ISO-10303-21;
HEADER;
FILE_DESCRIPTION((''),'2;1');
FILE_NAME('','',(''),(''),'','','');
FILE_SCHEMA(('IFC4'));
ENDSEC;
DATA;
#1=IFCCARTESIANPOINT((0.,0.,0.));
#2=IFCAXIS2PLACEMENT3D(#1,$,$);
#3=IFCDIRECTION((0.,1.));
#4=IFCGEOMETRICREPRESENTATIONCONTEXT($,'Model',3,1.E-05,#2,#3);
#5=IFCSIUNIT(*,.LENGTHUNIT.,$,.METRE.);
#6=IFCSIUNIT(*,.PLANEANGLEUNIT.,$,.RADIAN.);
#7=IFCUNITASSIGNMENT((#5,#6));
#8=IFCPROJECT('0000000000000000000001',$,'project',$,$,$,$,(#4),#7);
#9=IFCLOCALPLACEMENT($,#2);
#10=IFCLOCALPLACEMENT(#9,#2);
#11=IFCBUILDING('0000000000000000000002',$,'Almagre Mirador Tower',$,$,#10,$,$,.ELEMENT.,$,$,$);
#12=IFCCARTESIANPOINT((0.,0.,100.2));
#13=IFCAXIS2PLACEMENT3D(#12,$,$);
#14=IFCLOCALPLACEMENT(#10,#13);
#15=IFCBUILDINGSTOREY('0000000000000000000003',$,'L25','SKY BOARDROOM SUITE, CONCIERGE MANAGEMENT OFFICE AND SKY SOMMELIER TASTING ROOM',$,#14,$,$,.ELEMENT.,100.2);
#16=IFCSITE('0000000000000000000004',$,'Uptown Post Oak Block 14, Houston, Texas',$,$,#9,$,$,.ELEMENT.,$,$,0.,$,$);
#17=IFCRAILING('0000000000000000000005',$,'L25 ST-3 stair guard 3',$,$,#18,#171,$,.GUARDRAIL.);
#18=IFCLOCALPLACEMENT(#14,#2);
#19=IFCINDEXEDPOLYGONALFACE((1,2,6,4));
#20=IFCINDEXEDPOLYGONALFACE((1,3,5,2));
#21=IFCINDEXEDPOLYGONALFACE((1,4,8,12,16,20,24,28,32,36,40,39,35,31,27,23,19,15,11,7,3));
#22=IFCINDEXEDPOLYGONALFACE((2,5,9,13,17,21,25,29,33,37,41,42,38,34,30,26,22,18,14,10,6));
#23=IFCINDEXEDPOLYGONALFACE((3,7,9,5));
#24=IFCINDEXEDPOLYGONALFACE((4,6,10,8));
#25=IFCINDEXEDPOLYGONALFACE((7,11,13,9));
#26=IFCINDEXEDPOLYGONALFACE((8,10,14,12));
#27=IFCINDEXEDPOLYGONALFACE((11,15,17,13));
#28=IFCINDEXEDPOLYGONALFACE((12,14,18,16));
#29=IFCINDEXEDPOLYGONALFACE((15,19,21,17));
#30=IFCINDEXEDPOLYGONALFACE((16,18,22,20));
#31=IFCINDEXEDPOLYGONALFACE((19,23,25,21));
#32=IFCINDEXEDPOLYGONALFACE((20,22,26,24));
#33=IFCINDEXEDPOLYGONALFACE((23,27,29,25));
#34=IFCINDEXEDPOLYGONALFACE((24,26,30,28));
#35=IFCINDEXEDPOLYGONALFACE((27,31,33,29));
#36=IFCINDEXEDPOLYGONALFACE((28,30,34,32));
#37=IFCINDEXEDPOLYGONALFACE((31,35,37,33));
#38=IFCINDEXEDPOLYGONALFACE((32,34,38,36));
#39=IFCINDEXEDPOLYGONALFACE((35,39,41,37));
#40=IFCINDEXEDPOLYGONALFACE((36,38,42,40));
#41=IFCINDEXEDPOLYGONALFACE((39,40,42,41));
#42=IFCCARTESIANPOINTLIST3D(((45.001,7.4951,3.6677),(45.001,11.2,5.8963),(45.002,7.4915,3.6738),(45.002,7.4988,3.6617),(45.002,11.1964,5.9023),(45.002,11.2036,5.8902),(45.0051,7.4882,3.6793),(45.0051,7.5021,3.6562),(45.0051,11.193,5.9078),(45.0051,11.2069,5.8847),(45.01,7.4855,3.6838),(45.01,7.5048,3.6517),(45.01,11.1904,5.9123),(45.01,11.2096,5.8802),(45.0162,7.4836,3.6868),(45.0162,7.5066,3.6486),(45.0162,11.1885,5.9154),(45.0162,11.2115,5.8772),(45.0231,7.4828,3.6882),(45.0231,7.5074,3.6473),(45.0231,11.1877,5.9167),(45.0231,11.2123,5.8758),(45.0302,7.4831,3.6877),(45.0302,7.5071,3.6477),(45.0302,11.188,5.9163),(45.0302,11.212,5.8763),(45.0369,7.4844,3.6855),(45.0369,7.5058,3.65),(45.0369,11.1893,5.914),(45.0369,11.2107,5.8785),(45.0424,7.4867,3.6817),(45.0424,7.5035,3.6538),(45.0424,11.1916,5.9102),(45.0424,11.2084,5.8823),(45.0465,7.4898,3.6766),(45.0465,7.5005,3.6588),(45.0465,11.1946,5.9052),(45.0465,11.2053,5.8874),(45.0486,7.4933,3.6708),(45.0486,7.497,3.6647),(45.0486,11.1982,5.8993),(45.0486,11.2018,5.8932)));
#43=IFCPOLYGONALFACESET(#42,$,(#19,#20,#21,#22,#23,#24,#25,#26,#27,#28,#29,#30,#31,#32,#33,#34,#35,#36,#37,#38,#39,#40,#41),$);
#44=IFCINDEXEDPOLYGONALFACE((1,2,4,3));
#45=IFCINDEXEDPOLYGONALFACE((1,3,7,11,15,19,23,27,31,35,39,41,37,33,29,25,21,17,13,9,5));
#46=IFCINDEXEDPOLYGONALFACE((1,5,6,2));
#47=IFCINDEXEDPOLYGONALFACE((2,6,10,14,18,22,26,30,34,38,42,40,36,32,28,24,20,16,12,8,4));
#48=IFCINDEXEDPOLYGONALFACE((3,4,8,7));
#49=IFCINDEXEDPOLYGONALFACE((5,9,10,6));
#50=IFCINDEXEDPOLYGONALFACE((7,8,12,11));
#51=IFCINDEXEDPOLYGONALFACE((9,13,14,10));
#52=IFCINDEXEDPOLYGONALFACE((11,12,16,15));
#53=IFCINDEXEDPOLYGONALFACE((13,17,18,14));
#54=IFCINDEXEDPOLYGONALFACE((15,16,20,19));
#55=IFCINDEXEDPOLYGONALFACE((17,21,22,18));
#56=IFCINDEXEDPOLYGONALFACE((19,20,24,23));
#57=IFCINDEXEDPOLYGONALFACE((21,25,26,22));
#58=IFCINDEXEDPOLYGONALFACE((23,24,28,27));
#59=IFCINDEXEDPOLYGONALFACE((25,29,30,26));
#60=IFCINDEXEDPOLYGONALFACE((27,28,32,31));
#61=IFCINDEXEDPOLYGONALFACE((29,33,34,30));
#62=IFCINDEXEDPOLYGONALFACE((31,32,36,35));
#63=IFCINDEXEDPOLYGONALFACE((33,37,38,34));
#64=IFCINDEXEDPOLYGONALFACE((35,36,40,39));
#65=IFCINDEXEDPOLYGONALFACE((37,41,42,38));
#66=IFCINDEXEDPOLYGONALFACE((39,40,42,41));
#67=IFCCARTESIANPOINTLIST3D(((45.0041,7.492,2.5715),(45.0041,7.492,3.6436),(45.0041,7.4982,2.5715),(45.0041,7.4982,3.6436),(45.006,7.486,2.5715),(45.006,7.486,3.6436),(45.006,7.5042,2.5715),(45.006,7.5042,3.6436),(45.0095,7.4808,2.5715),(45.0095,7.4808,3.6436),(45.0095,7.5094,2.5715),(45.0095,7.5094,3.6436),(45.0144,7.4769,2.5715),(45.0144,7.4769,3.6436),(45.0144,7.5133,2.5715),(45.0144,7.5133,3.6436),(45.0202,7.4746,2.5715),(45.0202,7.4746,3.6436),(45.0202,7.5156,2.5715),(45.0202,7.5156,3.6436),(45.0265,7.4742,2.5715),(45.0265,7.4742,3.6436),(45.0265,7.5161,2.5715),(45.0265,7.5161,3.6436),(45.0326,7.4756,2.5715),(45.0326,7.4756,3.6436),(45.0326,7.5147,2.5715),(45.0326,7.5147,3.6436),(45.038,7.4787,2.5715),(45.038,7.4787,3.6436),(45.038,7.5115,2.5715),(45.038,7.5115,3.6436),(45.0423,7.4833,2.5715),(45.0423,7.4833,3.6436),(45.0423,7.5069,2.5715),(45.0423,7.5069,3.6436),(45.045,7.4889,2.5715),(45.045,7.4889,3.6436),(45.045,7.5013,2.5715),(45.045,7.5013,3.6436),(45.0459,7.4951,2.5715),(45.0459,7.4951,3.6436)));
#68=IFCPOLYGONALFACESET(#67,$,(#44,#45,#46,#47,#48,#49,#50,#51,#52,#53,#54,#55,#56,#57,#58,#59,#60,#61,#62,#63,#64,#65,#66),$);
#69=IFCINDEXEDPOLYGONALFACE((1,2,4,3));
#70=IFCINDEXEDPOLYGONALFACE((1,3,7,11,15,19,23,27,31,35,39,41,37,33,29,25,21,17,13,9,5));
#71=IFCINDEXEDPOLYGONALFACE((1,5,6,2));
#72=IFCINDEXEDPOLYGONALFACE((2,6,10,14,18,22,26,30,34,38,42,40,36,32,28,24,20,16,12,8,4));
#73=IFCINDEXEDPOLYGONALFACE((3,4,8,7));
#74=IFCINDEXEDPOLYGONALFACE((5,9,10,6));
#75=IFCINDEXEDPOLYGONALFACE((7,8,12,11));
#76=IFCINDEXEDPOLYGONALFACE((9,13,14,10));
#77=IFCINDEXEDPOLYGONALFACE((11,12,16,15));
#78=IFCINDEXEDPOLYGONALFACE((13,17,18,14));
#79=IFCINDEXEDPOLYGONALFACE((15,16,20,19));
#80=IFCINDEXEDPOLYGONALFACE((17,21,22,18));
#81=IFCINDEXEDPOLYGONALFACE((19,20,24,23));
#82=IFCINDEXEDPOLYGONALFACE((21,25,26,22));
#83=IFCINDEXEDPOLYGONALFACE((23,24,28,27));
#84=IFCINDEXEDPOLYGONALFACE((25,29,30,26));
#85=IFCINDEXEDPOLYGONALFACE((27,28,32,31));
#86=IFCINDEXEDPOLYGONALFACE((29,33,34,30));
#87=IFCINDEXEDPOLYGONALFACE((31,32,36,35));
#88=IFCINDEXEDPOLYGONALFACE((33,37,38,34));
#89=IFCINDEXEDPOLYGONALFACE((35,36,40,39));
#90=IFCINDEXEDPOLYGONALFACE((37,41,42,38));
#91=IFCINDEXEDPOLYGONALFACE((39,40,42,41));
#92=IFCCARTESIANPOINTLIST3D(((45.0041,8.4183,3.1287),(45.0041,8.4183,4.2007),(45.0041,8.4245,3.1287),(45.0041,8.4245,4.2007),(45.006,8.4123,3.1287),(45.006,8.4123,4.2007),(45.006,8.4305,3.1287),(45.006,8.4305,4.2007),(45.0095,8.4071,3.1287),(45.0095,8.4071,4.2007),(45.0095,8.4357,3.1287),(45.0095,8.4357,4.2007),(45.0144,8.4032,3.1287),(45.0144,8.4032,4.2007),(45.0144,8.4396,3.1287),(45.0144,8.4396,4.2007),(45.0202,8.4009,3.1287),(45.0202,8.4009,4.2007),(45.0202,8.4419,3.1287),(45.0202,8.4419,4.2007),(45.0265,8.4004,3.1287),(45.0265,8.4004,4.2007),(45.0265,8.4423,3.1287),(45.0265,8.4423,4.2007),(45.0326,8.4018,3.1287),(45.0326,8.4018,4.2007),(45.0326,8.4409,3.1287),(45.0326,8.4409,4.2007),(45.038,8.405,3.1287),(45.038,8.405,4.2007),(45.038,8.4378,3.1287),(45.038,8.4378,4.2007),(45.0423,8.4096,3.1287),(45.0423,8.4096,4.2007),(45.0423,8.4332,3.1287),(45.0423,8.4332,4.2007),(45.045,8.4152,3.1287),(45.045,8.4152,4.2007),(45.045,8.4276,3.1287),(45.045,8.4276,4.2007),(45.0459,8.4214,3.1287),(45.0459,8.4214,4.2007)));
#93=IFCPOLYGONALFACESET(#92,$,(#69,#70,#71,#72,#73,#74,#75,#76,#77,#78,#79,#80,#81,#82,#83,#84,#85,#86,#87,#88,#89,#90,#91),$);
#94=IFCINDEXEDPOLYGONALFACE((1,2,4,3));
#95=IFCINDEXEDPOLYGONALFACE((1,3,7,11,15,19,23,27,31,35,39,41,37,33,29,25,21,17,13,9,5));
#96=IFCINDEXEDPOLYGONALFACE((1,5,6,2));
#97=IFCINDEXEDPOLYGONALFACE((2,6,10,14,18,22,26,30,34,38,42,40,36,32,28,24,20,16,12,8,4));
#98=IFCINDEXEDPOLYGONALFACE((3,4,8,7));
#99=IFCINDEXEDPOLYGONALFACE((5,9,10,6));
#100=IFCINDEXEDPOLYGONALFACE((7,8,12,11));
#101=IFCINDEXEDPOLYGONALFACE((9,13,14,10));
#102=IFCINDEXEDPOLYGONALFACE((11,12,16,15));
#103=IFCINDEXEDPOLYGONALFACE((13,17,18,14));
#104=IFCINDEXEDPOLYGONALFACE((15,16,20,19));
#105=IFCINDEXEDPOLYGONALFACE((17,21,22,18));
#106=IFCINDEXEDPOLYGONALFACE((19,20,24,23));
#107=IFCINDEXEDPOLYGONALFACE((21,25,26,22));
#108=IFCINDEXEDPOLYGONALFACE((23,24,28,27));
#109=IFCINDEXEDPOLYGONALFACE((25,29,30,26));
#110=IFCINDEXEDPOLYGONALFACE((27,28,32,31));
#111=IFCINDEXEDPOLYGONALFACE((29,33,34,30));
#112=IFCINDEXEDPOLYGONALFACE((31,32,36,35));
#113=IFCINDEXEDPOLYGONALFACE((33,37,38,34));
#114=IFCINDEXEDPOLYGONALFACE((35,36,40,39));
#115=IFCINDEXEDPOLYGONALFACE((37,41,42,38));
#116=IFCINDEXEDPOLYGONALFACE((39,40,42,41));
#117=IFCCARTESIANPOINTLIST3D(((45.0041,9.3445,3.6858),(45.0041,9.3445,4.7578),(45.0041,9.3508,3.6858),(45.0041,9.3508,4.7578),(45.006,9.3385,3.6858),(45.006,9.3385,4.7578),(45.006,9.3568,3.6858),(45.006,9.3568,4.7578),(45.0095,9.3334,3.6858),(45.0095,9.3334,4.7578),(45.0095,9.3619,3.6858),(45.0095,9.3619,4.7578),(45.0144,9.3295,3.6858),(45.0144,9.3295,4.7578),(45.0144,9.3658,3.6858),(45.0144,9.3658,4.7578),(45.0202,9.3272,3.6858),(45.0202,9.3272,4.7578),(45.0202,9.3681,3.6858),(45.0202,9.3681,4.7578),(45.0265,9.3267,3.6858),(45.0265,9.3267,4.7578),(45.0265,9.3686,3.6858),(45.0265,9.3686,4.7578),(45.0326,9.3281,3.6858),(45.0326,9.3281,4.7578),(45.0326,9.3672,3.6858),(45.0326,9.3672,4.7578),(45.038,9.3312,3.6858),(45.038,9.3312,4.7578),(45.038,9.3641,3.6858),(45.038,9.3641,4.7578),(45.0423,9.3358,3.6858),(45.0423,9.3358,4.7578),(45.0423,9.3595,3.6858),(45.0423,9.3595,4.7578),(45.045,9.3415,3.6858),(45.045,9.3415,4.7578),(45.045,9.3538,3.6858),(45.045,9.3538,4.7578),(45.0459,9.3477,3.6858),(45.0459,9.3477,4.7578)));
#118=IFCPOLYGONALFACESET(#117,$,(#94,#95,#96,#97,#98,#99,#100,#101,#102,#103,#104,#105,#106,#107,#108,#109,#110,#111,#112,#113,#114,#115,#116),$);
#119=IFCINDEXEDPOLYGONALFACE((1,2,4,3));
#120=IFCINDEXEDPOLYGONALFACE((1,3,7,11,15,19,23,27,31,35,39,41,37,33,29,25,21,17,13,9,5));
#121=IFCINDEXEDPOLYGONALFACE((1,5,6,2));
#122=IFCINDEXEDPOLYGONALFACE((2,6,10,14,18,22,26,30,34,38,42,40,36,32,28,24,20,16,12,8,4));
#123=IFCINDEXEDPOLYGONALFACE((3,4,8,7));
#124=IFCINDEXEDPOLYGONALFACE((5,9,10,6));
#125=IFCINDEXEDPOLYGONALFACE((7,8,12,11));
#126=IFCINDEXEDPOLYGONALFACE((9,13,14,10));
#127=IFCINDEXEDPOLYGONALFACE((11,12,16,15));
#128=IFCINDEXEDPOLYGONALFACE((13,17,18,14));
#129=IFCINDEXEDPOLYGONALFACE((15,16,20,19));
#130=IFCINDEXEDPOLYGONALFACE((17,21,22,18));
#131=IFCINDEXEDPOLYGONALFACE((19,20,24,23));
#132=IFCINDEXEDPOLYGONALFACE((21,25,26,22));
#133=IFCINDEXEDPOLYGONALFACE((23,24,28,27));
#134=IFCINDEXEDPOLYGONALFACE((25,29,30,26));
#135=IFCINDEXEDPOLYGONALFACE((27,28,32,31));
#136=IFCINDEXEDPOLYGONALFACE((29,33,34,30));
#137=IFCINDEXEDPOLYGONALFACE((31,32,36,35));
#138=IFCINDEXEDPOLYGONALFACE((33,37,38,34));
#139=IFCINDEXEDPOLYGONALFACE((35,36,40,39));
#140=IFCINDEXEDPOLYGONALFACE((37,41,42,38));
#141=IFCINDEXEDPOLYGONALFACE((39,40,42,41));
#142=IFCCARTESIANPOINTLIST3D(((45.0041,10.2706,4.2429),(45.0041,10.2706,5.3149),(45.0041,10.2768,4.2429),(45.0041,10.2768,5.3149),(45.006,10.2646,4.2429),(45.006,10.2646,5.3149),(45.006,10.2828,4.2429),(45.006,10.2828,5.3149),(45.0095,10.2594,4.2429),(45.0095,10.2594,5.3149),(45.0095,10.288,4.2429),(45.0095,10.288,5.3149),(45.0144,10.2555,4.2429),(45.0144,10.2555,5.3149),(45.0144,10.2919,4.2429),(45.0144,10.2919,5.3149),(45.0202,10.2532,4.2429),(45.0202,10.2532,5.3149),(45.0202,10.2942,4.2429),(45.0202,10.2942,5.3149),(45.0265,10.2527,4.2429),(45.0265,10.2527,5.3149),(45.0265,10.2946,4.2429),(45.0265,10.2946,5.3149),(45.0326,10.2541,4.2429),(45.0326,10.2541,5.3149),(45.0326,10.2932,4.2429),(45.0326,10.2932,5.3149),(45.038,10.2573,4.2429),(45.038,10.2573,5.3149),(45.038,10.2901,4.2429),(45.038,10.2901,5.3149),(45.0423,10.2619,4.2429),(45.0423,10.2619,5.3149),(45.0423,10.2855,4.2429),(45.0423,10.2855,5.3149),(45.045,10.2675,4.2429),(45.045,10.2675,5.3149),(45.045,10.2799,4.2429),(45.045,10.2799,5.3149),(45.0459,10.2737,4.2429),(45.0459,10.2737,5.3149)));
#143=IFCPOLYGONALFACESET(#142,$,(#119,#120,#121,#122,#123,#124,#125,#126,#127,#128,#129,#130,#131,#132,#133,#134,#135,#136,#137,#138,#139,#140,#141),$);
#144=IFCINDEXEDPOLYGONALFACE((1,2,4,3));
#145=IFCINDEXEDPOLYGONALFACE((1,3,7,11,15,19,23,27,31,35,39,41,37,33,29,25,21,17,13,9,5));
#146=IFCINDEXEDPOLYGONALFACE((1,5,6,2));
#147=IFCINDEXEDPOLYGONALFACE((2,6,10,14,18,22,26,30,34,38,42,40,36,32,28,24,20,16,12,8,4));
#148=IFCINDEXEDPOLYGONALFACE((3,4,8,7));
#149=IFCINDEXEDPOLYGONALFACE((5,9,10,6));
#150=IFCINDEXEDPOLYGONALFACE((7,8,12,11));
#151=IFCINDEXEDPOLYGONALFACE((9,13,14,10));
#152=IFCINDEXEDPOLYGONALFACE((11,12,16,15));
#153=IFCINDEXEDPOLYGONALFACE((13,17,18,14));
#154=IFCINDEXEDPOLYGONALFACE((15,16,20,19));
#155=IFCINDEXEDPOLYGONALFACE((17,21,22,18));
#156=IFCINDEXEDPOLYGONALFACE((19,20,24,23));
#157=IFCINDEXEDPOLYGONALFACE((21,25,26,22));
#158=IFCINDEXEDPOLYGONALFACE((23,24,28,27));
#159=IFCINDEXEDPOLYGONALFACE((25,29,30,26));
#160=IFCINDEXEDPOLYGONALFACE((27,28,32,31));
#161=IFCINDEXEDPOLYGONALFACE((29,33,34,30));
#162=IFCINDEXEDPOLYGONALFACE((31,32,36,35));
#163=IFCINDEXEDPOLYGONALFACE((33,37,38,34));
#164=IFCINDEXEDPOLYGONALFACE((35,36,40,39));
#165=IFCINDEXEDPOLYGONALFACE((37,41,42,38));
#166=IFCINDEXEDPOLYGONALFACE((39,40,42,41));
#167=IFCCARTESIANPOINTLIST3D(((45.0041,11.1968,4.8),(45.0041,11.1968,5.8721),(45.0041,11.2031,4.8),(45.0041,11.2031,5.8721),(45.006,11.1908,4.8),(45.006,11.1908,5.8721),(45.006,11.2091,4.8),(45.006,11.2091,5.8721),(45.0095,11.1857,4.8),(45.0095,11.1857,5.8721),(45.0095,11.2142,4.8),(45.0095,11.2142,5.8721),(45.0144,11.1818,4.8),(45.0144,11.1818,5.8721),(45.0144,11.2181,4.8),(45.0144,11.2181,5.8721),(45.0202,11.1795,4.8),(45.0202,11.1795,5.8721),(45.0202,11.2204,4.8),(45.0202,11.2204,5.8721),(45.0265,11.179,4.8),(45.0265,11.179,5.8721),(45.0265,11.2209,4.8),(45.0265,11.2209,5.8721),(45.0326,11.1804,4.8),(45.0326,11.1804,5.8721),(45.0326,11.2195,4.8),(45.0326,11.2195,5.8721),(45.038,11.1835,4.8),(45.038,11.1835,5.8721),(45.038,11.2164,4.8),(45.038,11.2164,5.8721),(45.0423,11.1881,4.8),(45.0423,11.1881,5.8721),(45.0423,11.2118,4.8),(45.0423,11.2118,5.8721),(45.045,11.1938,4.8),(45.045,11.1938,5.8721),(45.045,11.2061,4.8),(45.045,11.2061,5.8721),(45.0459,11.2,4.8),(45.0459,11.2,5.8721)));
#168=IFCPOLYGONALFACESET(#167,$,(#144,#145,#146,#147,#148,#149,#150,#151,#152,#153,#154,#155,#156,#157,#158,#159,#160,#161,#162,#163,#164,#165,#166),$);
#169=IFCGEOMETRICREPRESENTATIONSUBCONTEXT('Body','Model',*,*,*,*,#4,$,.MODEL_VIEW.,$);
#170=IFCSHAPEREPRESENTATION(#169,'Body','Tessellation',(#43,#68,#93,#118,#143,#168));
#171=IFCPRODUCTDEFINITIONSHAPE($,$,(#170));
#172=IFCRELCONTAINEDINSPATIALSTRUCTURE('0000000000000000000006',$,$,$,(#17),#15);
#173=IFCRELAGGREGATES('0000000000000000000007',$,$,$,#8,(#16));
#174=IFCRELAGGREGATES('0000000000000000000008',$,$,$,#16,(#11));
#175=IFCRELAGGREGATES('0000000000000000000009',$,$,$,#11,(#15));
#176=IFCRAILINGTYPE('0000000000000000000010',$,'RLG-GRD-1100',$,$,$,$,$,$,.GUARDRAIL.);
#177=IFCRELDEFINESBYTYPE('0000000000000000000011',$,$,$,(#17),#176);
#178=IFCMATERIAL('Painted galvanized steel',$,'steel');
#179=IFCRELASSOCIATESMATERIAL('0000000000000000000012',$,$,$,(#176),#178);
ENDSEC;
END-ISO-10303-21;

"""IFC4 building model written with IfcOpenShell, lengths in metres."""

from ifc_helpers import new_model, si_unit, direction, frame, origin, origin_2d, place, context, subcontext, project, spatial, circle, extrude, material, type_object, element, save


model = new_model("IFC4")

# Units and contexts
model_context = context("Model", 3, precision=1e-05, world=origin(), true_north=direction((0.0, 1.0)))
body_context = subcontext(model_context, "Body", "Model", "MODEL_VIEW")
ifc_project = project(units=[si_unit("LENGTHUNIT", "METRE"), si_unit("PLANEANGLEUNIT", "RADIAN")], contexts=[model_context])

# Site, building, storey
site_placement = place(None, origin())
site = spatial("IfcSite", under=ifc_project, at=site_placement, Name="Uptown Post Oak Block 14, Houston, Texas", CompositionType="ELEMENT", RefElevation=0.0)
building_placement = place(site_placement, origin())
building = spatial("IfcBuilding", under=site, at=building_placement, Name="Almagre Mirador Tower", CompositionType="ELEMENT")
storey_placement = place(building_placement, frame((0.0, 0.0, 100.2)))
storey = spatial("IfcBuildingStorey", under=building, at=storey_placement, Name="L25", Description="SKY BOARDROOM SUITE, CONCIERGE MANAGEMENT OFFICE AND SKY SOMMELIER TASTING ROOM", CompositionType="ELEMENT", Elevation=100.2)

# Railing
ifc_material_1 = material(Name="Painted galvanized steel", Category="steel")
railing_type_1 = type_object("IfcRailingType", Name="RLG-GRD-1100", PredefinedType="GUARDRAIL", material=ifc_material_1)
railing_1_placement = place(storey_placement, frame((45.0249, 7.4951, 2.5715)))
element("IfcRailing", 1, at=railing_1_placement, inside=storey, type_object=railing_type_1, Name="L25 ST-3 stair guard 3", PredefinedType="GUARDRAIL", context=body_context, shape_type="SweptSolid", body=[
    extrude(circle(Radius=0.0239, at=origin_2d()), frame((0.0, 0.0, 1.0962), z_axis=(0.0, 0.856919, 0.51545), x_axis=(-1.0, 0.0, 0.0)), (0.0, 0.0, 1.0), 4.3235),
    extrude(circle(Radius=0.021, at=origin_2d()), origin(), (0.0, 0.0, 1.0), 1.072),
    extrude(circle(Radius=0.021, at=origin_2d()), frame((0.0, 0.9263, 0.5571)), (0.0, 0.0, 1.0), 1.072),
    extrude(circle(Radius=0.021, at=origin_2d()), frame((0.0, 1.8525, 1.1143)), (0.0, 0.0, 1.0), 1.072),
    extrude(circle(Radius=0.021, at=origin_2d()), frame((0.0, 2.7786, 1.6714)), (0.0, 0.0, 1.0), 1.072),
    extrude(circle(Radius=0.021, at=origin_2d()), frame((0.0, 3.7048, 2.2285)), (0.0, 0.0, 1.0), 1.072),
])

save(model, "model.ifc")
